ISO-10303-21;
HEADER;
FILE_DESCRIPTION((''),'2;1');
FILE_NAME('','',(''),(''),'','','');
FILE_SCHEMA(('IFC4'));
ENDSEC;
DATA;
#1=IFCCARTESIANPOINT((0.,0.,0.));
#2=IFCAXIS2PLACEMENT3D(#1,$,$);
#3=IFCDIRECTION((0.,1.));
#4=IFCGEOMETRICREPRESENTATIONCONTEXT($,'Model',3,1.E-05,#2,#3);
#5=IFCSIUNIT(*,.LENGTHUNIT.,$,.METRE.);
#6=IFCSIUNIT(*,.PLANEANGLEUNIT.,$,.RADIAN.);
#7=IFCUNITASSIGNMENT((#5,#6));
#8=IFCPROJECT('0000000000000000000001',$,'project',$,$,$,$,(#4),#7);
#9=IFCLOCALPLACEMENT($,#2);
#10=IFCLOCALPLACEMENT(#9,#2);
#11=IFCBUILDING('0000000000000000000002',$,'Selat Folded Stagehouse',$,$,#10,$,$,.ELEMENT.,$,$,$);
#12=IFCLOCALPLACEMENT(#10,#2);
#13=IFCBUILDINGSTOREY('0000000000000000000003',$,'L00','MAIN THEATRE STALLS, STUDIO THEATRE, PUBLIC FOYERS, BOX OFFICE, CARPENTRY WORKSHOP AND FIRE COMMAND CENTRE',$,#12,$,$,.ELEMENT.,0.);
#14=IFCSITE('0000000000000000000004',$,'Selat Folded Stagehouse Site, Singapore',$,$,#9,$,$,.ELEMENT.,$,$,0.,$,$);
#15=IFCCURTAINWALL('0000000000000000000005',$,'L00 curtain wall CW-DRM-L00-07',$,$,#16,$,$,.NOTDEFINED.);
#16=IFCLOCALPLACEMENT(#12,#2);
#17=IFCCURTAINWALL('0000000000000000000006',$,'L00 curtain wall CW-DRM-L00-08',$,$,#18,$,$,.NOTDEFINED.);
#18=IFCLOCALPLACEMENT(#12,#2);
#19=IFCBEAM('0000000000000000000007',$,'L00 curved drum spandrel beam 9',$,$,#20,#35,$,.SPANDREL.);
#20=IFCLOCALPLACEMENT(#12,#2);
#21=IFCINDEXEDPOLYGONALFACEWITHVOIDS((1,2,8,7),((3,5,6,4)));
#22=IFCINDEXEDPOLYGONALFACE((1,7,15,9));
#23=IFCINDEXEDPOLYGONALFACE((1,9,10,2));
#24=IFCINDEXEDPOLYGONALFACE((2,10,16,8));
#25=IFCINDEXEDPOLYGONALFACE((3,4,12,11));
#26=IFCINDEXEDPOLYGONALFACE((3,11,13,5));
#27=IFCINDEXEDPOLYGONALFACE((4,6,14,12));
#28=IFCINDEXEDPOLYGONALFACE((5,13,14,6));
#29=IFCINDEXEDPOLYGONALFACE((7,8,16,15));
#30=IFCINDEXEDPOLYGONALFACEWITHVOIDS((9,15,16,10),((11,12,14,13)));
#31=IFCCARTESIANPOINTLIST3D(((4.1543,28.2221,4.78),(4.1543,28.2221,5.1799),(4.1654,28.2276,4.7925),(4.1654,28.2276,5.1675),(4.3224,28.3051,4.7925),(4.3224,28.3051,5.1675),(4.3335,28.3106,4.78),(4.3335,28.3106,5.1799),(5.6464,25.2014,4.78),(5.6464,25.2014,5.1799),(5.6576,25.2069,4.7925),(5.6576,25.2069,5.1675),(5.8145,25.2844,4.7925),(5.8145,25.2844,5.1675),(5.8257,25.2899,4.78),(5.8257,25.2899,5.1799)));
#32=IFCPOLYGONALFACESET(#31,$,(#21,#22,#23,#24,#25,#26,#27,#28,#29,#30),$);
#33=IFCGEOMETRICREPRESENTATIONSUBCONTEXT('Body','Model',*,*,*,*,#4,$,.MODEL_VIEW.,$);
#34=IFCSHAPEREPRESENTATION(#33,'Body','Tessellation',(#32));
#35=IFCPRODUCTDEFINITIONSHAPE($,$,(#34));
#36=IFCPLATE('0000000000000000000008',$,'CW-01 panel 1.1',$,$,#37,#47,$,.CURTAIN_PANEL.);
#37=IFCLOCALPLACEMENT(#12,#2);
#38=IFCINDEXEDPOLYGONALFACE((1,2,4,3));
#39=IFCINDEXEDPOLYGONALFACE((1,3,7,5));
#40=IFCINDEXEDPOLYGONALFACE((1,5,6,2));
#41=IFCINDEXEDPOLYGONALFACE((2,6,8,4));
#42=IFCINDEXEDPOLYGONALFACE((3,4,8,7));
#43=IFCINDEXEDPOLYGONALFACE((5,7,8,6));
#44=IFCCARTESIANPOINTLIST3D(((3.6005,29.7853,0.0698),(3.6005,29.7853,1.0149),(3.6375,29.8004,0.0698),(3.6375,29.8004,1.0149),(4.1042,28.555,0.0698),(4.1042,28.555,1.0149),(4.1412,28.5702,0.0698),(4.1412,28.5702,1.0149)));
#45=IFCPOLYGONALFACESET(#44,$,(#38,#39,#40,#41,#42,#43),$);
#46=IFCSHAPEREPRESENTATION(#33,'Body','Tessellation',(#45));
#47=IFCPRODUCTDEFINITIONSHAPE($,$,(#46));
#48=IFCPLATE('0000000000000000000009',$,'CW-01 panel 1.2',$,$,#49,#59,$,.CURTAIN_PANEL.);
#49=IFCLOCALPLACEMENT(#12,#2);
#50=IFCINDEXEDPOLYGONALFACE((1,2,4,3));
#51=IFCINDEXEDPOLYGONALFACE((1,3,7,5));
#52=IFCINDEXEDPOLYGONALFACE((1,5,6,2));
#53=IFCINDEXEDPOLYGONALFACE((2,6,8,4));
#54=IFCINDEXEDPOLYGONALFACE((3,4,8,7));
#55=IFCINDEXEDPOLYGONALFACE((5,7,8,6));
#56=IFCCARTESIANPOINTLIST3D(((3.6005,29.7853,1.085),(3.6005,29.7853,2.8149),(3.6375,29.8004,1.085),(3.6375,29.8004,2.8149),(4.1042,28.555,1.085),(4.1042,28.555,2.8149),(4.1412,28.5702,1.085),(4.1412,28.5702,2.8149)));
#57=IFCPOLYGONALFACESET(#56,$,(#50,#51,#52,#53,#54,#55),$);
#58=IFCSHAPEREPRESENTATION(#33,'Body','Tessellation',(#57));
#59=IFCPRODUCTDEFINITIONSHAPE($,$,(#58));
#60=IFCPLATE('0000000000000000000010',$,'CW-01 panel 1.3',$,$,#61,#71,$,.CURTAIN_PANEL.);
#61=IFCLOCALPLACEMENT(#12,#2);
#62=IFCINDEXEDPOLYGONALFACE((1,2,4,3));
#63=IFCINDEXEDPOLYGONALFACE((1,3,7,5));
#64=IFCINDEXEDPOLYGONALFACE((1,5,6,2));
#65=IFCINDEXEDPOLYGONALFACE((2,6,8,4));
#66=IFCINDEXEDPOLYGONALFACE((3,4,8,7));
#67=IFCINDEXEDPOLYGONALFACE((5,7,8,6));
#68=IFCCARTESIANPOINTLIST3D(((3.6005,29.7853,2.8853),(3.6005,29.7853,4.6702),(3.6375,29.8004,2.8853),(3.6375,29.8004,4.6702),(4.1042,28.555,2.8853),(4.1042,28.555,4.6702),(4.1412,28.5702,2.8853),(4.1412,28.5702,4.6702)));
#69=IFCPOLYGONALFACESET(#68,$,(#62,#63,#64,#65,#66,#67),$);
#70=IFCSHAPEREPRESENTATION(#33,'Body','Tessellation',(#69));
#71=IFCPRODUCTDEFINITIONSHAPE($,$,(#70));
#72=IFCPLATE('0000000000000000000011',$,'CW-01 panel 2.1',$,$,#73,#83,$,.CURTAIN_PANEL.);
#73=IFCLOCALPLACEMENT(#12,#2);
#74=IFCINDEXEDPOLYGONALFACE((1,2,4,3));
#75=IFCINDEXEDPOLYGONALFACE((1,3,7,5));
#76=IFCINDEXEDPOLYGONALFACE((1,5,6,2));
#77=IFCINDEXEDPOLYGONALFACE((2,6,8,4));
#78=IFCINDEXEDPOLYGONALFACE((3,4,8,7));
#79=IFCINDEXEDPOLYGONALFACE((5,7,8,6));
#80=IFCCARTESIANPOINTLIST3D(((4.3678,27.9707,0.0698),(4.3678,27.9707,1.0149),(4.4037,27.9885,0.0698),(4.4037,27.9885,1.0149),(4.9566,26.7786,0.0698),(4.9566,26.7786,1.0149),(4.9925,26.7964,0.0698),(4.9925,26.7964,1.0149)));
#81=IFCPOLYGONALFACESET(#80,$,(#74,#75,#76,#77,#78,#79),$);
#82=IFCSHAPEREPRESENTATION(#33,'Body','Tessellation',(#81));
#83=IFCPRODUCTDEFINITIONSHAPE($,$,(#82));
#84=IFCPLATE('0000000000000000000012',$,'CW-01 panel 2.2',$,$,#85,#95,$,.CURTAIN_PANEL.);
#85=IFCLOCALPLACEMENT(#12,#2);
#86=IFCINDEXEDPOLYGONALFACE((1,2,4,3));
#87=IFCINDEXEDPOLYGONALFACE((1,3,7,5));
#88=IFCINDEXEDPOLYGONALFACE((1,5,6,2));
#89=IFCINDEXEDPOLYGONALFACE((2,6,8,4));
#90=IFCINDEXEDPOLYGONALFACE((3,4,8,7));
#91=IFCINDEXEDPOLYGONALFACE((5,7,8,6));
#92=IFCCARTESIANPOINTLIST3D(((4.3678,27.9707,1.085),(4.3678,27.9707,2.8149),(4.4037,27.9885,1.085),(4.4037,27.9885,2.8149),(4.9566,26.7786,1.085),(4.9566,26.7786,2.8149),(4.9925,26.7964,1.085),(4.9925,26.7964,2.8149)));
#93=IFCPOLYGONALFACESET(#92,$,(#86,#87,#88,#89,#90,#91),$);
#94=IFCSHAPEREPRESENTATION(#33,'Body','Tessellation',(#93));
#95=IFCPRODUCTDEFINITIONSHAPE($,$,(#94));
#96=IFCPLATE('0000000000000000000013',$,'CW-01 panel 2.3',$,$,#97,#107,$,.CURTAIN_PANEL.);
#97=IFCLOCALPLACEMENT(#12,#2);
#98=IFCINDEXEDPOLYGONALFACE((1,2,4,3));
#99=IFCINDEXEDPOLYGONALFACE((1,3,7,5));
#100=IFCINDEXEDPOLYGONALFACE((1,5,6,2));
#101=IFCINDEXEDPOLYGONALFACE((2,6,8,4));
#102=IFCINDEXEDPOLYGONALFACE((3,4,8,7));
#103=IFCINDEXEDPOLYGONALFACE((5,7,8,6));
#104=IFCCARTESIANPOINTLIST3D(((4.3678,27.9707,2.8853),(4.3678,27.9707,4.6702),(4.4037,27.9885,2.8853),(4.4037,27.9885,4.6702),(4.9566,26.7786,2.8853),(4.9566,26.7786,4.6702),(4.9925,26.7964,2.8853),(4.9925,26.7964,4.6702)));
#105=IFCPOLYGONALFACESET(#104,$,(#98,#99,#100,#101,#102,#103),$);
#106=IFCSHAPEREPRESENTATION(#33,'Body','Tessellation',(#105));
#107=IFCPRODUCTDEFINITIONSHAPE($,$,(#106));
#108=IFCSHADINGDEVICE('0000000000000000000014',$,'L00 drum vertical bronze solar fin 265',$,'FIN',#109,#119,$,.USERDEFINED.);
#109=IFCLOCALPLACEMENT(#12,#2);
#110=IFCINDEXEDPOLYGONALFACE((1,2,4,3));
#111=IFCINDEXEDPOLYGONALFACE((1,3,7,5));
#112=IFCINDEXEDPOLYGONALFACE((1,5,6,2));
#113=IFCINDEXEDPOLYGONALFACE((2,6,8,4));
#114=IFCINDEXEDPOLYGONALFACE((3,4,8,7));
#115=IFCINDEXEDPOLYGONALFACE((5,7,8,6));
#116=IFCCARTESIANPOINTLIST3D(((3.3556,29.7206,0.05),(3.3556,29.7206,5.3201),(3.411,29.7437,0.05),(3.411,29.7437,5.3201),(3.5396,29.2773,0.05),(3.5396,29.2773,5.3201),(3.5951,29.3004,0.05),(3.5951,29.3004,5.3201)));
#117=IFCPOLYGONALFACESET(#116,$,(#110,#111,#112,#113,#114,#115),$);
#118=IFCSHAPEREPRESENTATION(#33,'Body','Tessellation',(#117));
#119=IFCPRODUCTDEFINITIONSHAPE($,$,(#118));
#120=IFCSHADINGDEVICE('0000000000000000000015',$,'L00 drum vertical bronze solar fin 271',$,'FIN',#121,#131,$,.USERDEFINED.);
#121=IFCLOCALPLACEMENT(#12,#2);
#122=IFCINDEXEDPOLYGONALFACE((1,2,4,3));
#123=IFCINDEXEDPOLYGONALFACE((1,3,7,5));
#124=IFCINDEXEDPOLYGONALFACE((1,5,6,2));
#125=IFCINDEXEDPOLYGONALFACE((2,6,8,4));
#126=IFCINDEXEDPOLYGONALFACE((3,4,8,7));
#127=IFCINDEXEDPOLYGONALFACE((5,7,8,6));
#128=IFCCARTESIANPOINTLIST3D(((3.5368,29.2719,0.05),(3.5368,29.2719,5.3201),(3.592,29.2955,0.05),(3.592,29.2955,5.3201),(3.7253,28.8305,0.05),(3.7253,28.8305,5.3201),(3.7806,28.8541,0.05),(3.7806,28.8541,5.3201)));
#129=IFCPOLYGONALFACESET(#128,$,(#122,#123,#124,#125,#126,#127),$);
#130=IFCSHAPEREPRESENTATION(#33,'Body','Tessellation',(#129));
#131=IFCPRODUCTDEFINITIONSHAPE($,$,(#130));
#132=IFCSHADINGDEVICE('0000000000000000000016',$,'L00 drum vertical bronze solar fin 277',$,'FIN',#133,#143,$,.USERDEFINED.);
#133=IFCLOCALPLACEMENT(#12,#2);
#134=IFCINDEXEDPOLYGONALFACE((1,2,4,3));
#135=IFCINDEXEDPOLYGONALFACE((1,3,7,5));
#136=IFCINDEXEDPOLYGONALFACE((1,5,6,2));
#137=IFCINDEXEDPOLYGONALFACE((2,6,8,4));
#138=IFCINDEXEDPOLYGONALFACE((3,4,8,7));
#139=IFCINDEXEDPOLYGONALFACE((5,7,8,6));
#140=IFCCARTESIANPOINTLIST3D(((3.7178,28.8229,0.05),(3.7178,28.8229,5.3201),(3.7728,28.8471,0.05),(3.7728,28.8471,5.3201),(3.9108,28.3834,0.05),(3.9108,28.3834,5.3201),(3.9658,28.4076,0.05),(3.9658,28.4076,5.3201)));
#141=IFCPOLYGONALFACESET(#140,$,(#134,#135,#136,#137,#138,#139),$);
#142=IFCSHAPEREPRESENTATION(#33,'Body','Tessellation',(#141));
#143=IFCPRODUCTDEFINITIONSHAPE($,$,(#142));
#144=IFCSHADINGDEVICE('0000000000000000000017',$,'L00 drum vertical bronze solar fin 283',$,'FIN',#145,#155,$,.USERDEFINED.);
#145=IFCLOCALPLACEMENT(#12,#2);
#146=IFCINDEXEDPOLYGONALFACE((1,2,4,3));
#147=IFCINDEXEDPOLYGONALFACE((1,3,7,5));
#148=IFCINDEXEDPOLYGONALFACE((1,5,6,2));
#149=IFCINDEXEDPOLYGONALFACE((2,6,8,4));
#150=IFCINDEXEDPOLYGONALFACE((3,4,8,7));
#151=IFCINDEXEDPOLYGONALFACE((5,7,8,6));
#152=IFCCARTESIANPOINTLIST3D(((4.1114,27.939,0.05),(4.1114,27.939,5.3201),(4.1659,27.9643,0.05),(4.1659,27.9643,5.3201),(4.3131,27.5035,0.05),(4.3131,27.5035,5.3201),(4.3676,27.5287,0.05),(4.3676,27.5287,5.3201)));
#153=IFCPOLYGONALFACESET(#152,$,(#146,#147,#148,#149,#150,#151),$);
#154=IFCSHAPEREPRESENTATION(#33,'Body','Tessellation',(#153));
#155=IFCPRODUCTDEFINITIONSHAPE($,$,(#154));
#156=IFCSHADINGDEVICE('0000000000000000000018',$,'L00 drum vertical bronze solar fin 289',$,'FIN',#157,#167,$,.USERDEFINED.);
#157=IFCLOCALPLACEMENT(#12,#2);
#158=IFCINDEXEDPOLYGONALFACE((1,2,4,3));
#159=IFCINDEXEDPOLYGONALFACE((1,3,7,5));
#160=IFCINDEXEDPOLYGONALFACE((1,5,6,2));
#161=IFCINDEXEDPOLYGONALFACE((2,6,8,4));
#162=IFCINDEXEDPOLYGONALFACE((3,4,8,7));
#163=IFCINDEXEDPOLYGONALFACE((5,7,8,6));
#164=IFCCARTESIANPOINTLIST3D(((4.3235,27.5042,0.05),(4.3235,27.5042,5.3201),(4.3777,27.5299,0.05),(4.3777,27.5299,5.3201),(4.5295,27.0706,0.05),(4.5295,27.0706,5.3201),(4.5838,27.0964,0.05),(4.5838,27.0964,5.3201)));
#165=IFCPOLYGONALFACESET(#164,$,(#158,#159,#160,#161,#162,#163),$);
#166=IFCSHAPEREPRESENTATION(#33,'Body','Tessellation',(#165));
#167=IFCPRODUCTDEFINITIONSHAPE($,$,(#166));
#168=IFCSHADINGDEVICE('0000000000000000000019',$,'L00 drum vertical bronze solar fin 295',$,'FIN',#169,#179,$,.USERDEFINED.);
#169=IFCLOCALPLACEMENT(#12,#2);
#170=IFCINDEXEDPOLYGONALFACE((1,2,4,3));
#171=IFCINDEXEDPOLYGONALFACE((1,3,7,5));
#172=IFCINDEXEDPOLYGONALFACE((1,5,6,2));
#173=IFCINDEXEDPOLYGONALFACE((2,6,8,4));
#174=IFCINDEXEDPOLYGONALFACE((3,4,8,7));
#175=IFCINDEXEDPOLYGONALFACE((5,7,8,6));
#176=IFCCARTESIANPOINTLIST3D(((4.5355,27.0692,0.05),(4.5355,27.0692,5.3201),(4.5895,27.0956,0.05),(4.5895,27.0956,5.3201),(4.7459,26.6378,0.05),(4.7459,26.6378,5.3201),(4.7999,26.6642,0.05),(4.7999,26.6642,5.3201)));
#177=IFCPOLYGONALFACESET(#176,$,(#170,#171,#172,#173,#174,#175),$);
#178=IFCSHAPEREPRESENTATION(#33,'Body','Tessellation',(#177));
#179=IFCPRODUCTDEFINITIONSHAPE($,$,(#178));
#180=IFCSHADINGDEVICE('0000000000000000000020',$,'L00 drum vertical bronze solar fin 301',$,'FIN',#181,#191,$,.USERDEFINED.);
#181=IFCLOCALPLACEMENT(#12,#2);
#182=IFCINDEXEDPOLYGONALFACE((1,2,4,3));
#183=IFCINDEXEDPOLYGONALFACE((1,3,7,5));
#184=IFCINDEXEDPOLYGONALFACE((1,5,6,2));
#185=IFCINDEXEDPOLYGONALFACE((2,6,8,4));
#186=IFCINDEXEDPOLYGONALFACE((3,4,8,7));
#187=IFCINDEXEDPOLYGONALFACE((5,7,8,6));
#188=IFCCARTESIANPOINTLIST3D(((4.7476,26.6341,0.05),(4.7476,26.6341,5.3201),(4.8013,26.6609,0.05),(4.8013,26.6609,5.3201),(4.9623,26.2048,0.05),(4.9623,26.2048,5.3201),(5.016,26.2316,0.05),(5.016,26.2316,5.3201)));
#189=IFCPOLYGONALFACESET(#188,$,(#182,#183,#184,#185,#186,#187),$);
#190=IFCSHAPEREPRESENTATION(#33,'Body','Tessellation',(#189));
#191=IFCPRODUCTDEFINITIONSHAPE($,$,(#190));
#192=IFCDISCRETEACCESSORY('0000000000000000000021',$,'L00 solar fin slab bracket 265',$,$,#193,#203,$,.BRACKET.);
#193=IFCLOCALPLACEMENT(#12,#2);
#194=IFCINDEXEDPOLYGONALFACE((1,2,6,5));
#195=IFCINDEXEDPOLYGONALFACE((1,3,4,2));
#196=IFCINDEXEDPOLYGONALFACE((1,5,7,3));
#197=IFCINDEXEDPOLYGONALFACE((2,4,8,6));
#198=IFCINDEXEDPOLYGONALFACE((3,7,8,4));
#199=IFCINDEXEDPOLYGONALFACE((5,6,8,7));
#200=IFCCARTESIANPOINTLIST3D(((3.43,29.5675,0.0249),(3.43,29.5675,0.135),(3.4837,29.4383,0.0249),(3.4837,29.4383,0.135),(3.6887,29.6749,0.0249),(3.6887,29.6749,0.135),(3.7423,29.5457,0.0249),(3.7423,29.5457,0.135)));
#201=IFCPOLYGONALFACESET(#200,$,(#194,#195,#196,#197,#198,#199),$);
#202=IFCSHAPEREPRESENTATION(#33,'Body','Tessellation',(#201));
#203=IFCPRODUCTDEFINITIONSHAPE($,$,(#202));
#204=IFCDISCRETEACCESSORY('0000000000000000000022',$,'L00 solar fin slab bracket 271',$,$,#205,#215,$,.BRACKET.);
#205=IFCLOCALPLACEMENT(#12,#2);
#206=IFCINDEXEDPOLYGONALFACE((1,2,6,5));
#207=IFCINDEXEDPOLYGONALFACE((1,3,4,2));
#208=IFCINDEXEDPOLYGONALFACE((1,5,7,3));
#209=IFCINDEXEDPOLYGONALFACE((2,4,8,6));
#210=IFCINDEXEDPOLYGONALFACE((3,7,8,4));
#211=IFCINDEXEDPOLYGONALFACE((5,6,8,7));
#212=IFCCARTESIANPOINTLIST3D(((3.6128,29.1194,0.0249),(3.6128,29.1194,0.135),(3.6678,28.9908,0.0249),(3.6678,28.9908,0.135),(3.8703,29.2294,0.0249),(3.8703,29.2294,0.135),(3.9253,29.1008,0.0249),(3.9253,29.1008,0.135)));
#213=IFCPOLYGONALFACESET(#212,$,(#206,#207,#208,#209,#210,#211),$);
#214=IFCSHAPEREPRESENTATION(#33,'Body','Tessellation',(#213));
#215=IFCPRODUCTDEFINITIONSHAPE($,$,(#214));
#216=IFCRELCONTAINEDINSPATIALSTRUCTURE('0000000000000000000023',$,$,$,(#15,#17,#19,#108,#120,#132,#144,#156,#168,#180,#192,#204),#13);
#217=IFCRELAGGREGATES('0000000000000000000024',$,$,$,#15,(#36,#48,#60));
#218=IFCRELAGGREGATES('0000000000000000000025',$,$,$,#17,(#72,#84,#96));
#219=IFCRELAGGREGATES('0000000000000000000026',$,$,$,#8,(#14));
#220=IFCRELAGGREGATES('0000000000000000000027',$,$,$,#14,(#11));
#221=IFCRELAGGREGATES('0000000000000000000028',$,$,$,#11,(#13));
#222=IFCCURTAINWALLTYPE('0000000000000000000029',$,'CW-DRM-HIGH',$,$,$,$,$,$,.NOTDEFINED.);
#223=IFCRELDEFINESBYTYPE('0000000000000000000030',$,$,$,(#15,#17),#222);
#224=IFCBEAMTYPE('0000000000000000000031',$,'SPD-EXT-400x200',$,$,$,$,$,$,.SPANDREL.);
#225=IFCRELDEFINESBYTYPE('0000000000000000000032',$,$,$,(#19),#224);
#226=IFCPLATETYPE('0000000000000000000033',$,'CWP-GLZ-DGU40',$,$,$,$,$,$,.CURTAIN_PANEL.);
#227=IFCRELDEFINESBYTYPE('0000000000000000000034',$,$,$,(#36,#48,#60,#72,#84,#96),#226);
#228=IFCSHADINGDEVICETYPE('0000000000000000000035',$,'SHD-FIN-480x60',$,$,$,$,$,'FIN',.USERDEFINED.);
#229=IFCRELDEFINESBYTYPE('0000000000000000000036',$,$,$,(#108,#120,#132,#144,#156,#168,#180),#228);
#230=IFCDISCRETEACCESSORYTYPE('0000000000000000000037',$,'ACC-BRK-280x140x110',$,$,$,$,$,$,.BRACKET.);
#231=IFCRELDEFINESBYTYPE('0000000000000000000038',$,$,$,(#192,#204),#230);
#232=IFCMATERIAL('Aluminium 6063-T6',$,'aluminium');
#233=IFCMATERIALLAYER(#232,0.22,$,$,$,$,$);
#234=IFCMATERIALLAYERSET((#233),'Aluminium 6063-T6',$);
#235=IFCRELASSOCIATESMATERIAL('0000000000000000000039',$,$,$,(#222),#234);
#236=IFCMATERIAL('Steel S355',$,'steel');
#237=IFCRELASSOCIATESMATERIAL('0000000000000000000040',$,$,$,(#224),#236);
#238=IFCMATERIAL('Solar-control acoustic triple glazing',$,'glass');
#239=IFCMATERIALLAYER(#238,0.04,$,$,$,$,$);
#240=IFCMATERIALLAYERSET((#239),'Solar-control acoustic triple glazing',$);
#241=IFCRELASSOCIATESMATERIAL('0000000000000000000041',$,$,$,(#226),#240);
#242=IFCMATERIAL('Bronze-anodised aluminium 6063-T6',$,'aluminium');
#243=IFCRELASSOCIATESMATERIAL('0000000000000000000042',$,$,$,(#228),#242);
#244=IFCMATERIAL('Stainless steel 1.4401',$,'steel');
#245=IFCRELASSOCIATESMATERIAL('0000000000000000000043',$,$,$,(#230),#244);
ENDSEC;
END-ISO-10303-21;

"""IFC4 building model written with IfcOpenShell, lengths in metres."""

from ifc_helpers import new_model, si_unit, direction, frame, origin, origin_2d, place, context, subcontext, project, spatial, rectangle, hollow_rectangle, extrude, material, layer, layer_set, material_profile, profile_set, type_object, element, aggregate, save


model = new_model("IFC4")

# Units and contexts
model_context = context("Model", 3, precision=1e-05, world=origin(), true_north=direction((0.0, 1.0)))
body_context = subcontext(model_context, "Body", "Model", "MODEL_VIEW")
ifc_project = project(units=[si_unit("LENGTHUNIT", "METRE"), si_unit("PLANEANGLEUNIT", "RADIAN")], contexts=[model_context])

# Site, building, storey
site_placement = place(None, origin())
site = spatial("IfcSite", under=ifc_project, at=site_placement, Name="Selat Folded Stagehouse Site, Singapore", CompositionType="ELEMENT", RefElevation=0.0)
building_placement = place(site_placement, origin())
building = spatial("IfcBuilding", under=site, at=building_placement, Name="Selat Folded Stagehouse", CompositionType="ELEMENT")
storey_placement = place(building_placement, origin())
storey = spatial("IfcBuildingStorey", under=building, at=storey_placement, Name="L00", Description="MAIN THEATRE STALLS, STUDIO THEATRE, PUBLIC FOYERS, BOX OFFICE, CARPENTRY WORKSHOP AND FIRE COMMAND CENTRE", CompositionType="ELEMENT", Elevation=0.0)

# Shared definitions
ifc_material_1 = material(Name="Steel S355", Category="steel")

# Curtain wall
ifc_material_2 = material(Name="Aluminium 6063-T6", Category="aluminium")
ifc_layer_1 = layer(ifc_material_2, 0.22)
ifc_layer_set_1 = layer_set([ifc_layer_1], Name="Aluminium 6063-T6")
curtain_wall_type = type_object("IfcCurtainWallType", Name="CW-DRM-HIGH", PredefinedType="NOTDEFINED", material=ifc_layer_set_1)
curtain_wall_1_placement = place(storey_placement, origin())
curtain_wall_1 = element("IfcCurtainWall", 1, at=curtain_wall_1_placement, inside=storey, type_object=curtain_wall_type, Name="L00 curtain wall CW-DRM-L00-07", PredefinedType="NOTDEFINED")

# Curtain wall
curtain_wall_2_placement = place(storey_placement, origin())
curtain_wall_2 = element("IfcCurtainWall", 2, at=curtain_wall_2_placement, inside=storey, type_object=curtain_wall_type, Name="L00 curtain wall CW-DRM-L00-08", PredefinedType="NOTDEFINED")

# Beam
ifc_material_profile_1 = material_profile(ifc_material_1, hollow_rectangle(XDim=0.2, YDim=0.3999, WallThickness=0.0125, at=origin_2d()), Name="RHS 400x200x12.5")
ifc_profile_set_1 = profile_set([ifc_material_profile_1], Name="Steel S355")
beam_type = type_object("IfcBeamType", Name="SPD-EXT-400x200", PredefinedType="SPANDREL", material=ifc_profile_set_1)
beam_placement = place(storey_placement, frame((4.2439, 28.2664, 4.98), z_axis=(0.44289, -0.896576, 0.0), x_axis=(0.896576, 0.44289, 0.0)))
element("IfcBeam", 3, at=beam_placement, inside=storey, type_object=beam_type, Name="L00 curved drum spandrel beam 9", PredefinedType="SPANDREL", context=body_context, shape_type="SweptSolid", body=[
    extrude(hollow_rectangle(XDim=0.2, YDim=0.3999, WallThickness=0.0125, at=origin_2d()), origin(), (0.0, 0.0, 1.0), 3.3691),
])

# Plates
ifc_material_3 = material(Name="Solar-control acoustic triple glazing", Category="glass")
ifc_layer_2 = layer(ifc_material_3, 0.04)
ifc_layer_set_2 = layer_set([ifc_layer_2], Name="Solar-control acoustic triple glazing")
plate_type = type_object("IfcPlateType", Name="CWP-GLZ-DGU40", PredefinedType="CURTAIN_PANEL", material=ifc_layer_set_2)
plate_1_placement = place(storey_placement, frame((3.8708, 29.1777, 0.0698), z_axis=(0.0, 0.0, 1.0), x_axis=(-0.378891, 0.925441, 0.0)))
plate_1 = element("IfcPlate", 4, at=plate_1_placement, type_object=plate_type, Name="CW-01 panel 1.1", PredefinedType="CURTAIN_PANEL", context=body_context, shape_type="SweptSolid", body=[
    extrude(rectangle(XDim=1.3293, YDim=0.04, at=origin_2d()), origin(), (0.0, 0.0, 1.0), 0.9451),
])
plate_2_placement = place(storey_placement, frame((3.8708, 29.1777, 1.085), z_axis=(0.0, 0.0, 1.0), x_axis=(-0.378891, 0.925441, 0.0)))
plate_2 = element("IfcPlate", 5, at=plate_2_placement, type_object=plate_type, Name="CW-01 panel 1.2", PredefinedType="CURTAIN_PANEL", context=body_context, shape_type="SweptSolid", body=[
    extrude(rectangle(XDim=1.3293, YDim=0.04, at=origin_2d()), origin(), (0.0, 0.0, 1.0), 1.73),
])
plate_3_placement = place(storey_placement, frame((3.8708, 29.1777, 2.8853), z_axis=(0.0, 0.0, 1.0), x_axis=(-0.378891, 0.925441, 0.0)))
plate_3 = element("IfcPlate", 6, at=plate_3_placement, type_object=plate_type, Name="CW-01 panel 1.3", PredefinedType="CURTAIN_PANEL", context=body_context, shape_type="SweptSolid", body=[
    extrude(rectangle(XDim=1.3293, YDim=0.04, at=origin_2d()), origin(), (0.0, 0.0, 1.0), 1.7849),
])
aggregate(curtain_wall_1, [plate_1, plate_2, plate_3])
plate_4_placement = place(storey_placement, frame((4.6802, 27.3835, 0.0698), z_axis=(0.0, 0.0, 1.0), x_axis=(-0.442845, 0.896598, 0.0)))
plate_4 = element("IfcPlate", 7, at=plate_4_placement, type_object=plate_type, Name="CW-01 panel 2.1", PredefinedType="CURTAIN_PANEL", context=body_context, shape_type="SweptSolid", body=[
    extrude(rectangle(XDim=1.3296, YDim=0.04, at=origin_2d()), origin(), (0.0, 0.0, 1.0), 0.9451),
])
plate_5_placement = place(storey_placement, frame((4.6802, 27.3835, 1.085), z_axis=(0.0, 0.0, 1.0), x_axis=(-0.442845, 0.896598, 0.0)))
plate_5 = element("IfcPlate", 8, at=plate_5_placement, type_object=plate_type, Name="CW-01 panel 2.2", PredefinedType="CURTAIN_PANEL", context=body_context, shape_type="SweptSolid", body=[
    extrude(rectangle(XDim=1.3296, YDim=0.04, at=origin_2d()), origin(), (0.0, 0.0, 1.0), 1.73),
])
plate_6_placement = place(storey_placement, frame((4.6802, 27.3835, 2.8853), z_axis=(0.0, 0.0, 1.0), x_axis=(-0.442845, 0.896598, 0.0)))
plate_6 = element("IfcPlate", 9, at=plate_6_placement, type_object=plate_type, Name="CW-01 panel 2.3", PredefinedType="CURTAIN_PANEL", context=body_context, shape_type="SweptSolid", body=[
    extrude(rectangle(XDim=1.3296, YDim=0.04, at=origin_2d()), origin(), (0.0, 0.0, 1.0), 1.7849),
])
aggregate(curtain_wall_2, [plate_4, plate_5, plate_6])

# Shading devices
ifc_material_4 = material(Name="Bronze-anodised aluminium 6063-T6", Category="aluminium")
ifc_material_profile_2 = material_profile(ifc_material_4, rectangle(XDim=0.0601, YDim=0.48, at=origin_2d()), Name="SOLAR-FIN 480x60")
ifc_profile_set_2 = profile_set([ifc_material_profile_2], Name="Bronze-anodised aluminium 6063-T6")
shading_device_type = type_object("IfcShadingDeviceType", Name="SHD-FIN-480x60", ElementType="FIN", PredefinedType="USERDEFINED", material=ifc_profile_set_2)
for number, where, z_axis, x_axis, name in (
    (10, (3.4753, 29.5105, 0.05), (0.0, 0.0, 1.0), (-0.923545, -0.38349, 0.0), "L00 drum vertical bronze solar fin 265"),
    (11, (3.6587, 29.063, 0.05), (0.0, 0.0, 1.0), (-0.919616, -0.392819, 0.0), "L00 drum vertical bronze solar fin 271"),
    (12, (3.8418, 28.6152, 0.05), (0.0, 0.0, 1.0), (-0.915663, -0.401948, 0.0), "L00 drum vertical bronze solar fin 277"),
    (13, (4.2395, 27.7339, 0.05), (0.0, 0.0, 1.0), (-0.907411, -0.420244, 0.0), "L00 drum vertical bronze solar fin 283"),
    (14, (4.4536, 27.3003, 0.05), (0.0, 0.0, 1.0), (-0.903186, -0.42925, 0.0), "L00 drum vertical bronze solar fin 289"),
    (15, (4.6677, 26.8667, 0.05), (0.0, 0.0, 1.0), (-0.898794, -0.438371, 0.0), "L00 drum vertical bronze solar fin 295"),
    (16, (4.8818, 26.4329, 0.05), (0.0, 0.0, 1.0), (-0.894389, -0.447291, 0.0), "L00 drum vertical bronze solar fin 301"),
):
    element("IfcShadingDevice", number, at=place(storey_placement, frame(where, z_axis=z_axis, x_axis=x_axis)), inside=storey, type_object=shading_device_type, Name=name, ObjectType="FIN", PredefinedType="USERDEFINED", context=body_context, shape_type="SweptSolid", body=[
        extrude(rectangle(XDim=0.0601, YDim=0.48, at=origin_2d()), origin(), (0.0, 0.0, 1.0), 5.27),
    ])

# Discrete accessories
ifc_material_5 = material(Name="Stainless steel 1.4401", Category="steel")
discrete_accessory_type = type_object("IfcDiscreteAccessoryType", Name="ACC-BRK-280x140x110", PredefinedType="BRACKET", material=ifc_material_5)
for number, where, z_axis, x_axis, name in (
    (17, (3.5862, 29.5566, 0.0249), (0.0, 0.0, 1.0), (-0.923545, -0.38349, 0.0), "L00 solar fin slab bracket 265"),
    (18, (3.769, 29.1101, 0.0249), (0.0, 0.0, 1.0), (-0.919616, -0.392819, 0.0), "L00 solar fin slab bracket 271"),
):
    element("IfcDiscreteAccessory", number, at=place(storey_placement, frame(where, z_axis=z_axis, x_axis=x_axis)), inside=storey, type_object=discrete_accessory_type, Name=name, PredefinedType="BRACKET", context=body_context, shape_type="SweptSolid", body=[
        extrude(rectangle(XDim=0.28, YDim=0.1399, at=origin_2d()), origin(), (0.0, 0.0, 1.0), 0.1101),
    ])

save(model, "model.ifc")
